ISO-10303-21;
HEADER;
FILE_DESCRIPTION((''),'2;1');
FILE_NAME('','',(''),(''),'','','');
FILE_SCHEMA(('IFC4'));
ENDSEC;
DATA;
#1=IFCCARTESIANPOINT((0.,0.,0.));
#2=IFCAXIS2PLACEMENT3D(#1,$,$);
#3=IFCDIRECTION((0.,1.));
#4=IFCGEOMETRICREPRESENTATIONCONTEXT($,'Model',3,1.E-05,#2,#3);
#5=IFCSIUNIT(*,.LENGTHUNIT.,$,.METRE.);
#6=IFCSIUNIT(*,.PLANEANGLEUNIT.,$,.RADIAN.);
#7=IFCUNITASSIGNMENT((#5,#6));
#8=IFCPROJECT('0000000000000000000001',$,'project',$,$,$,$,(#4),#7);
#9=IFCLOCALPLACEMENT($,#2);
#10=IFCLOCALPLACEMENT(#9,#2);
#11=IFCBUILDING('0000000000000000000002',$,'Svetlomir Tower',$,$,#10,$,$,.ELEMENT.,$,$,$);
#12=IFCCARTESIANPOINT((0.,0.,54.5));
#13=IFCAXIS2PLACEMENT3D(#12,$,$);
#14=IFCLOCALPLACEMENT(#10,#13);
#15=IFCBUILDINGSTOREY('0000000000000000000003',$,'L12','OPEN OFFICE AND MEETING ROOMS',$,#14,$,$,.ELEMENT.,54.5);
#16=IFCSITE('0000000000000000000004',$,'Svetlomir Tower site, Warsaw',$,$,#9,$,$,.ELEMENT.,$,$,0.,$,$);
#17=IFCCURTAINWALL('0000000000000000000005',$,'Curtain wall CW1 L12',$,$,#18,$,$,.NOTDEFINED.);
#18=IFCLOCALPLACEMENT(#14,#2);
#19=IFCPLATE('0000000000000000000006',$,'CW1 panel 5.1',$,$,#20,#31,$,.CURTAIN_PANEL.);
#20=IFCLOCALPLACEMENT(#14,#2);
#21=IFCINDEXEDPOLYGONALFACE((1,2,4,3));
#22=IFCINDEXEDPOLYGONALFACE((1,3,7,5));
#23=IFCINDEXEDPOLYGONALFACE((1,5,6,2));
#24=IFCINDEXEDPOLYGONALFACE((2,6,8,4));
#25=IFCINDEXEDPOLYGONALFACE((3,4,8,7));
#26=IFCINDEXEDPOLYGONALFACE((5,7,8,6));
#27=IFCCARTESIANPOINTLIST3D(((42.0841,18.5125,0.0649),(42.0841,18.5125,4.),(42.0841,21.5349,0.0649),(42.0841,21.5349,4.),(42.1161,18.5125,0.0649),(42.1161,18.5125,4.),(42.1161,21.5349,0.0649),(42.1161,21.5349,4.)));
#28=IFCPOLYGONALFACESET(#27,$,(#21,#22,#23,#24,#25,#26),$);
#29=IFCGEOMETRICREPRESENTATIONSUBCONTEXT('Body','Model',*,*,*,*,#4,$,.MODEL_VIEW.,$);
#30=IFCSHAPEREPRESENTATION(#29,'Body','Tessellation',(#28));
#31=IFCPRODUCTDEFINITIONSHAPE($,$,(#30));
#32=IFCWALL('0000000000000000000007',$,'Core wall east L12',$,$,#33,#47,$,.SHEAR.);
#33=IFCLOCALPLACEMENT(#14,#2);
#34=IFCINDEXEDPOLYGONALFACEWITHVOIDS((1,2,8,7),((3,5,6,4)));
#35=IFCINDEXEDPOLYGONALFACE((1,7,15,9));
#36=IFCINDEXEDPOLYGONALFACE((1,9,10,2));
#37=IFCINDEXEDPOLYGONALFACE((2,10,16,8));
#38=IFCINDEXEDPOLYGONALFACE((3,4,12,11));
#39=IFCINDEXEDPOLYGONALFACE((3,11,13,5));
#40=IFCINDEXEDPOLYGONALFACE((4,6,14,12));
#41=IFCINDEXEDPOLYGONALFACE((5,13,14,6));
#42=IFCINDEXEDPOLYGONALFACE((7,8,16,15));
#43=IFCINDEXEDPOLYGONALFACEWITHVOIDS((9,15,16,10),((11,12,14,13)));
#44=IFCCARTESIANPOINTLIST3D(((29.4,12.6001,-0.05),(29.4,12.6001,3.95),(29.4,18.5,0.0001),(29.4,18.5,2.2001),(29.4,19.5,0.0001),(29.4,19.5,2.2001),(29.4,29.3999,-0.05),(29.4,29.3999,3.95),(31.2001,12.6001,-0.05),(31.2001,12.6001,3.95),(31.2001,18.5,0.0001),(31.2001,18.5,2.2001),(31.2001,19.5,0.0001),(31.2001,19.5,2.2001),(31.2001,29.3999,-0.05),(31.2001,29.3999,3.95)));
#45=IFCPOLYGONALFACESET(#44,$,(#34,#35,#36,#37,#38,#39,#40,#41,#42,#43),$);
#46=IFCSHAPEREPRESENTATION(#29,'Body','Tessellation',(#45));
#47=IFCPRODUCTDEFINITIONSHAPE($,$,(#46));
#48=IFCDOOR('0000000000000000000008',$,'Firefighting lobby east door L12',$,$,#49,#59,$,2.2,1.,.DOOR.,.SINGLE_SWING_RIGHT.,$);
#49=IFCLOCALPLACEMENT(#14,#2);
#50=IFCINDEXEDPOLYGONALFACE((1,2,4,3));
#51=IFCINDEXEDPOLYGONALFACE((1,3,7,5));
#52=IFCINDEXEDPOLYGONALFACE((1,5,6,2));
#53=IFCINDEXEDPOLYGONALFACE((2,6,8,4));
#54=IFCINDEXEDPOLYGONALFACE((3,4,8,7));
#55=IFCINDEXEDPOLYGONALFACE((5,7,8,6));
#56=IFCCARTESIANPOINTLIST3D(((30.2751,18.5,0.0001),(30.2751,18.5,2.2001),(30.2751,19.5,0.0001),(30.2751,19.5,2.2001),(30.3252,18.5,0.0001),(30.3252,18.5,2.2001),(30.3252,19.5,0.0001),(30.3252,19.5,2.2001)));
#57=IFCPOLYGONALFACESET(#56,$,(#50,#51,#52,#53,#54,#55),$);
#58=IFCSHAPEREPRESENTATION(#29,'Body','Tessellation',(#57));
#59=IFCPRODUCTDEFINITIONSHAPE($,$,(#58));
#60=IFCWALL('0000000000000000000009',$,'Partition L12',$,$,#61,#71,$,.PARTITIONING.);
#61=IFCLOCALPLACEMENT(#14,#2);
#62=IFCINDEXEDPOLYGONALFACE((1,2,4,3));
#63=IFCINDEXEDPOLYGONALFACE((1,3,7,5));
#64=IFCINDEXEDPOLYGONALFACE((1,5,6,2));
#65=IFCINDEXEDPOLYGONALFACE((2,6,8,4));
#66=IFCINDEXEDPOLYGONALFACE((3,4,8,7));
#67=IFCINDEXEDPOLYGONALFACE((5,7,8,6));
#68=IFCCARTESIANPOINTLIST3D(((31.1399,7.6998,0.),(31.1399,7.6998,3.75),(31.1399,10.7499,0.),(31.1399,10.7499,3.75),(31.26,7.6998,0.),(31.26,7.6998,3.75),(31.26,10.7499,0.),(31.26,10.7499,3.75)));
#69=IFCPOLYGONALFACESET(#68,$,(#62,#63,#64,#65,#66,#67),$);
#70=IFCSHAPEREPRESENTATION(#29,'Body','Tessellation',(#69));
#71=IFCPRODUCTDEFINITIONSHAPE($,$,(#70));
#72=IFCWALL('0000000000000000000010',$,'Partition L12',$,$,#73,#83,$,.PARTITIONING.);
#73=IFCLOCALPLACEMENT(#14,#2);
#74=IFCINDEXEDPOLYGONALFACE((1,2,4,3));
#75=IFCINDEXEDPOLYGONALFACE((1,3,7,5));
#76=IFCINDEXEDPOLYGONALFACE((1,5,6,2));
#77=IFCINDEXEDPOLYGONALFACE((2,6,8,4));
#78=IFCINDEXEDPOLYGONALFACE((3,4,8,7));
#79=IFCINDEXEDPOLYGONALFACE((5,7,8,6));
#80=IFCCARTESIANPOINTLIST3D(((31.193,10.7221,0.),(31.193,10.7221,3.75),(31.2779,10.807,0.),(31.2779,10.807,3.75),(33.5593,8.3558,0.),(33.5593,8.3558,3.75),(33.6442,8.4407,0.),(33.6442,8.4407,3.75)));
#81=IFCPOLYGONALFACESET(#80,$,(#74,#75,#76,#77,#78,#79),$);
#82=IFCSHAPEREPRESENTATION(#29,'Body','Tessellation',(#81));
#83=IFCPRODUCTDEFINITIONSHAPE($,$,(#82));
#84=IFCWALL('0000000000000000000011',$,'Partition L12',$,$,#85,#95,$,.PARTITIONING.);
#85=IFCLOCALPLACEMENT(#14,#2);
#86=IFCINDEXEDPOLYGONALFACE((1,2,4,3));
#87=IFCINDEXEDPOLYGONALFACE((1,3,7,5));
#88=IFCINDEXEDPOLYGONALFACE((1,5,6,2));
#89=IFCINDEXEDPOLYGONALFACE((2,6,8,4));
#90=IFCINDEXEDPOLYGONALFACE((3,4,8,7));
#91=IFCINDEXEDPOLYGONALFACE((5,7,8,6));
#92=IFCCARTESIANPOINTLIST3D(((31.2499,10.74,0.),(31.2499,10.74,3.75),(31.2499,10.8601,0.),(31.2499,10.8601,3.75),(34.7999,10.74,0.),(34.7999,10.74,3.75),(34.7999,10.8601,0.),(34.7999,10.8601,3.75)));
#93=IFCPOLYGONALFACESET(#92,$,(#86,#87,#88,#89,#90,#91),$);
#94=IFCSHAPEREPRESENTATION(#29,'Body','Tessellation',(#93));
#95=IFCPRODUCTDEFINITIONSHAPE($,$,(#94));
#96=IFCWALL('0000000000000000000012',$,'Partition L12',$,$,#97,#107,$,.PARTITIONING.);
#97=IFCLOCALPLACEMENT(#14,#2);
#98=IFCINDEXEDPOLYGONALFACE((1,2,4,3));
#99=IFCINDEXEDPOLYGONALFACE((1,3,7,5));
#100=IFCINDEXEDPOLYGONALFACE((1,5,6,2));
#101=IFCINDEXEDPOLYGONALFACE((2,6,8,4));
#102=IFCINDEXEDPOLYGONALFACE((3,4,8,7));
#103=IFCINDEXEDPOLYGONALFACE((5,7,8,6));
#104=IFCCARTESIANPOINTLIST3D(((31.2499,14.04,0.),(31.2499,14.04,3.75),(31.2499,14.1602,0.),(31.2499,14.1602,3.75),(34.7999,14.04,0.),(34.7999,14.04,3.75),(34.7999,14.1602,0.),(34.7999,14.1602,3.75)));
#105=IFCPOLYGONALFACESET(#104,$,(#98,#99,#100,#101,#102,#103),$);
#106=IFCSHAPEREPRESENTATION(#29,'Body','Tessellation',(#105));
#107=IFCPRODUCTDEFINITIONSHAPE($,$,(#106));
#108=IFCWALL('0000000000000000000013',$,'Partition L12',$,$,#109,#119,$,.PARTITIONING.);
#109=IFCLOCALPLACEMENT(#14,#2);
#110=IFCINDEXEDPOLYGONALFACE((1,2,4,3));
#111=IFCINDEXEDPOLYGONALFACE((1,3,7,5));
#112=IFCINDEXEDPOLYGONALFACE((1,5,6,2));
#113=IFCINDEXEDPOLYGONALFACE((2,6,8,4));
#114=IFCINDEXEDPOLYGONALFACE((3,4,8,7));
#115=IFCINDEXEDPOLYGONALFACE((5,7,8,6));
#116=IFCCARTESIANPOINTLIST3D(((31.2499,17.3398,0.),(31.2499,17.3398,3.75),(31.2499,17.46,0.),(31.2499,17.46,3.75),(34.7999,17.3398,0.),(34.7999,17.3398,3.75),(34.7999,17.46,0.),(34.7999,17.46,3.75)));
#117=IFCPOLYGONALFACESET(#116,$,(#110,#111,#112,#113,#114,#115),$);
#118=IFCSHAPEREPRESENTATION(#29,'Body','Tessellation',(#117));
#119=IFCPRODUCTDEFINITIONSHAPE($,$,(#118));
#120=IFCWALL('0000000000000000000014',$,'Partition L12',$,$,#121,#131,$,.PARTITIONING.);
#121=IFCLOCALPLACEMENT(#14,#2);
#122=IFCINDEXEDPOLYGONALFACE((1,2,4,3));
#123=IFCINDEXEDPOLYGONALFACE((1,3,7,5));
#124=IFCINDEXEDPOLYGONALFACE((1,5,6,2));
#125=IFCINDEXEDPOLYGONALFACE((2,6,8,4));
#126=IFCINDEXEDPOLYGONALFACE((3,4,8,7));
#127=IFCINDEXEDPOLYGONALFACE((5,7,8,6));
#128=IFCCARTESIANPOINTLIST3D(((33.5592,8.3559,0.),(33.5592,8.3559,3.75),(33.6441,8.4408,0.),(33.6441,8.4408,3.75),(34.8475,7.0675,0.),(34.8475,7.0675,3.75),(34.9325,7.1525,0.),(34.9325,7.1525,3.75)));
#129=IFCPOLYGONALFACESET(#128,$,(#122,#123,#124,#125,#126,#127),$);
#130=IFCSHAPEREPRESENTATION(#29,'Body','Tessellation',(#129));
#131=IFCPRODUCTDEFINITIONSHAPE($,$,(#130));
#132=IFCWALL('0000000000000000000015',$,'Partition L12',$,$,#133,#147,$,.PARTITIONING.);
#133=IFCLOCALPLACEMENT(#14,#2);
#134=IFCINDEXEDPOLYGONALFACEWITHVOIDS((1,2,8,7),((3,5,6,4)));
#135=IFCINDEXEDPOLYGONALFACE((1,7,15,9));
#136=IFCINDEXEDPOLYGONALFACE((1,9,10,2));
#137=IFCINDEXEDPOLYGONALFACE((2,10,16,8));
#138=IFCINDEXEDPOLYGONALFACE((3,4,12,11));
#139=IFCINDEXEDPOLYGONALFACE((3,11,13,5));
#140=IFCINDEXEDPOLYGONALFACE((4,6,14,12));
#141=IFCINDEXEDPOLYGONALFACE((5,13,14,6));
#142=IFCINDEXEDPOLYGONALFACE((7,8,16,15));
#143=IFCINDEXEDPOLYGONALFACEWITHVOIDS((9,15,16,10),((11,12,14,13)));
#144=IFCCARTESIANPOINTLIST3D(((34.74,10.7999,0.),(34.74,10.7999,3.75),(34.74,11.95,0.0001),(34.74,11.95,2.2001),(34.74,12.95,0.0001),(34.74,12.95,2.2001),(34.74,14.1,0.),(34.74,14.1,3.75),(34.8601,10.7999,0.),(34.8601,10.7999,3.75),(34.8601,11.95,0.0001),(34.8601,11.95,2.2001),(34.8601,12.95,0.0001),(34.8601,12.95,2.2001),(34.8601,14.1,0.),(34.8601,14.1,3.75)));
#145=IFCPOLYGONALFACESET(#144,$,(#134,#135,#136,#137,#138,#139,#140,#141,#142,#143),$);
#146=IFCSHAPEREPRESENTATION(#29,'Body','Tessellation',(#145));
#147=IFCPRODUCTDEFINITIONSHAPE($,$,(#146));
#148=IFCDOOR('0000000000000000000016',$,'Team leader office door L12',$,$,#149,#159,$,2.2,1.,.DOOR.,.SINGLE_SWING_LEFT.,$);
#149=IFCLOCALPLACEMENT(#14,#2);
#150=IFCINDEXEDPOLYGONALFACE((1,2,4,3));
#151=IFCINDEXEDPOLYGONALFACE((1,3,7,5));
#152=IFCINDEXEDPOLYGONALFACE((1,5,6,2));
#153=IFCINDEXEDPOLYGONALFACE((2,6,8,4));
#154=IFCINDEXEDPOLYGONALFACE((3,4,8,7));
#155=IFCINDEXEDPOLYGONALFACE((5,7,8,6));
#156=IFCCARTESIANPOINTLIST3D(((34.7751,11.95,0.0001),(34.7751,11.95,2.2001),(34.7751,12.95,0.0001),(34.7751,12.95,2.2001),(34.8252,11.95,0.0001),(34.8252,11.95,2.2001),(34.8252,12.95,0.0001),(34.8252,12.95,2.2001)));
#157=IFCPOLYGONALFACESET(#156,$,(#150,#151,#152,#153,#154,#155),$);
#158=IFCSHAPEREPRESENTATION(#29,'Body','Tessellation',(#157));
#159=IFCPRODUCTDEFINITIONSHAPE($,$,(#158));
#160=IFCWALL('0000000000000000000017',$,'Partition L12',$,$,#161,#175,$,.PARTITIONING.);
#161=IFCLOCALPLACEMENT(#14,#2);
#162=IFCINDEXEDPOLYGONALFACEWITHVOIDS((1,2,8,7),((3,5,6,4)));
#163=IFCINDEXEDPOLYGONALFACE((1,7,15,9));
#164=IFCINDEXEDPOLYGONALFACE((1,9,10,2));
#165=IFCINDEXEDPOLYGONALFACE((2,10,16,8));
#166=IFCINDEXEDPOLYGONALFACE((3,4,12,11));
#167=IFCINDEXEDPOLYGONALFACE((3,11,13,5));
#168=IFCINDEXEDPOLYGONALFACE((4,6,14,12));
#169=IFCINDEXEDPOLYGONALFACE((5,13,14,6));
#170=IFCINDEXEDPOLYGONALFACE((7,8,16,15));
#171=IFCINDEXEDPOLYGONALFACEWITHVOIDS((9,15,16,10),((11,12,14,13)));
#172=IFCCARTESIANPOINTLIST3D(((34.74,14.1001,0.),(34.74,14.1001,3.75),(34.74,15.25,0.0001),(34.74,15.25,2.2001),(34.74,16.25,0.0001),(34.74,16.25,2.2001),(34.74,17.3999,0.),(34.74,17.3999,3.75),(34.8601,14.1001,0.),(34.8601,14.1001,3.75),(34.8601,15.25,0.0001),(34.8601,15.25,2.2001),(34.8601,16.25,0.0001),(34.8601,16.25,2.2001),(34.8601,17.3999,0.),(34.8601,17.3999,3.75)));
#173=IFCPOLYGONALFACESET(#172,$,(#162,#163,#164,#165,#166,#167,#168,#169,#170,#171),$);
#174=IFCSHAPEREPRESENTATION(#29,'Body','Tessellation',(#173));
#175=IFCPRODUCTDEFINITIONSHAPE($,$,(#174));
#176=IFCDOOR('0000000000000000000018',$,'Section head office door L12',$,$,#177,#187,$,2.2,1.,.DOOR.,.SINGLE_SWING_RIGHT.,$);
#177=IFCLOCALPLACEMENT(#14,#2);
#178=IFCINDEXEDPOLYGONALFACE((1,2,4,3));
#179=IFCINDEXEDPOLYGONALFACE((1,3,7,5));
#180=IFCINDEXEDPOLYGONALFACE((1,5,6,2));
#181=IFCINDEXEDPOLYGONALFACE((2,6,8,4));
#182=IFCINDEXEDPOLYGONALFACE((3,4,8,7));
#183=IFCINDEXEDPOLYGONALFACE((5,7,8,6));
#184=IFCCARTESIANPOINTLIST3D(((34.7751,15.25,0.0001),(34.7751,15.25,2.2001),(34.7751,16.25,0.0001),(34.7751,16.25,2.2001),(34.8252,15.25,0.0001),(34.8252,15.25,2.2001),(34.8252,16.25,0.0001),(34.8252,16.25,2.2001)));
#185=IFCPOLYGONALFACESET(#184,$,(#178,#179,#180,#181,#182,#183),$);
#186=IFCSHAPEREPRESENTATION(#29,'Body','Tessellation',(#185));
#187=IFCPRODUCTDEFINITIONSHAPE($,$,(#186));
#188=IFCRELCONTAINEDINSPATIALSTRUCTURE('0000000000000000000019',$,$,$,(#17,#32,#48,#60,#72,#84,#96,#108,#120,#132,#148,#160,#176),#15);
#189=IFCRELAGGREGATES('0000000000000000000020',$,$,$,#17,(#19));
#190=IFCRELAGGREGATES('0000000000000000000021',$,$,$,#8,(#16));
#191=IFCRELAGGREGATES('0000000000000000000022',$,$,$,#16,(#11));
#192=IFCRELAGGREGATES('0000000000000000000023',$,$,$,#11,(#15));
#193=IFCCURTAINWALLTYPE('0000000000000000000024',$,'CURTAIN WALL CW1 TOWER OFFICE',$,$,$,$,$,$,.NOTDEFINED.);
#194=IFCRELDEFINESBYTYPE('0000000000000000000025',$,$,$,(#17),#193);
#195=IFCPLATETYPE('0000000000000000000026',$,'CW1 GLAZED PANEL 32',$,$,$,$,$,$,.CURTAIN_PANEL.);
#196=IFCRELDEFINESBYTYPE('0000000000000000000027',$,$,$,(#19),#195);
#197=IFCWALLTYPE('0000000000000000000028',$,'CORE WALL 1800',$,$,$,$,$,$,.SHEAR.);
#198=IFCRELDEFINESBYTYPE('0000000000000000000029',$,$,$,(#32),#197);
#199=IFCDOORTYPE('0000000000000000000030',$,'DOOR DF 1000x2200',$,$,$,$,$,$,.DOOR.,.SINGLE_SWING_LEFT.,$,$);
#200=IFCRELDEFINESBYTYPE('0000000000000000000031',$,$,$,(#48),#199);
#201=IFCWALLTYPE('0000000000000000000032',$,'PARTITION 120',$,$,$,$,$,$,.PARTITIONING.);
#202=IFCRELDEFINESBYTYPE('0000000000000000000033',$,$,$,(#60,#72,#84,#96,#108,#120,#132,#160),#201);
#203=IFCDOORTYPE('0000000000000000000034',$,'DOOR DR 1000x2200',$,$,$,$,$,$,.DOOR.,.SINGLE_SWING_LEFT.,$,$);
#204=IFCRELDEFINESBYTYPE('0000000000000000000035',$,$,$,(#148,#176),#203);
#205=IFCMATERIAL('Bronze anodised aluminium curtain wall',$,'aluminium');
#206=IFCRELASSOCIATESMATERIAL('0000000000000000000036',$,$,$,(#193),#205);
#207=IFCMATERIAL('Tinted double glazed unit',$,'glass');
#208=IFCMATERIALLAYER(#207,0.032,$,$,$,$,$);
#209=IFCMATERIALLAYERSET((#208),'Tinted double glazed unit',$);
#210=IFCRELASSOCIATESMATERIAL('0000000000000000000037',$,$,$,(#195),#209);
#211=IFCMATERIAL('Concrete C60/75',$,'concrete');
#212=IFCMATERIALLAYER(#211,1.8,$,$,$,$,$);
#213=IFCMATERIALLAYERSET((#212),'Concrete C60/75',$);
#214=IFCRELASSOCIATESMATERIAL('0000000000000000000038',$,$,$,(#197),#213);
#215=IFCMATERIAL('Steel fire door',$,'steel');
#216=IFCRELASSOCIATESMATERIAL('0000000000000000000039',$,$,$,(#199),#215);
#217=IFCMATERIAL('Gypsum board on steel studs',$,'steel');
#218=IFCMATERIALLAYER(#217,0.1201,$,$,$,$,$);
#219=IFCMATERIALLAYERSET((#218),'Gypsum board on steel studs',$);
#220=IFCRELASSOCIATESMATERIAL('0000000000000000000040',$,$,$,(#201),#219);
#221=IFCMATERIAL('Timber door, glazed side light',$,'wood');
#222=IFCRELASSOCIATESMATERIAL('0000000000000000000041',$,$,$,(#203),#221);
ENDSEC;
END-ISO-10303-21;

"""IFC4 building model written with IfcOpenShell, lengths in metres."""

from ifc_helpers import new_model, si_unit, direction, frame, frame_2d, origin, origin_2d, place, context, subcontext, project, spatial, rectangle, extrude, material, layer, layer_set, type_object, element, fill, aggregate, save


model = new_model("IFC4")

# Units and contexts
model_context = context("Model", 3, precision=1e-05, world=origin(), true_north=direction((0.0, 1.0)))
body_context = subcontext(model_context, "Body", "Model", "MODEL_VIEW")
ifc_project = project(units=[si_unit("LENGTHUNIT", "METRE"), si_unit("PLANEANGLEUNIT", "RADIAN")], contexts=[model_context])

# Site, building, storey
site_placement = place(None, origin())
site = spatial("IfcSite", under=ifc_project, at=site_placement, Name="Svetlomir Tower site, Warsaw", CompositionType="ELEMENT", RefElevation=0.0)
building_placement = place(site_placement, origin())
building = spatial("IfcBuilding", under=site, at=building_placement, Name="Svetlomir Tower", CompositionType="ELEMENT")
storey_placement = place(building_placement, frame((0.0, 0.0, 54.5)))
storey = spatial("IfcBuildingStorey", under=building, at=storey_placement, Name="L12", Description="OPEN OFFICE AND MEETING ROOMS", CompositionType="ELEMENT", Elevation=54.5)

# Curtain wall
ifc_material_1 = material(Name="Bronze anodised aluminium curtain wall", Category="aluminium")
curtain_wall_type = type_object("IfcCurtainWallType", Name="CURTAIN WALL CW1 TOWER OFFICE", PredefinedType="NOTDEFINED", material=ifc_material_1)
curtain_wall_placement = place(storey_placement, origin())
curtain_wall = element("IfcCurtainWall", 1, at=curtain_wall_placement, inside=storey, type_object=curtain_wall_type, Name="Curtain wall CW1 L12", PredefinedType="NOTDEFINED")

# Plate
ifc_material_2 = material(Name="Tinted double glazed unit", Category="glass")
ifc_layer_1 = layer(ifc_material_2, 0.032)
ifc_layer_set_1 = layer_set([ifc_layer_1], Name="Tinted double glazed unit")
plate_type = type_object("IfcPlateType", Name="CW1 GLAZED PANEL 32", PredefinedType="CURTAIN_PANEL", material=ifc_layer_set_1)
plate_1_placement = place(storey_placement, frame((42.1001, 20.0237, 0.0649), z_axis=(0.0, 0.0, 1.0), x_axis=(0.0, 1.0, 0.0)))
plate_1 = element("IfcPlate", 2, at=plate_1_placement, type_object=plate_type, Name="CW1 panel 5.1", PredefinedType="CURTAIN_PANEL", context=body_context, shape_type="SweptSolid", body=[
    extrude(rectangle(XDim=3.0225, YDim=0.032, at=origin_2d()), origin(), (0.0, 0.0, 1.0), 3.9351),
])
aggregate(curtain_wall, [plate_1])

# Wall, opening, door
ifc_material_3 = material(Name="Concrete C60/75", Category="concrete")
ifc_layer_2 = layer(ifc_material_3, 1.8)
ifc_layer_set_2 = layer_set([ifc_layer_2], Name="Concrete C60/75")
wall_type_1 = type_object("IfcWallType", Name="CORE WALL 1800", PredefinedType="SHEAR", material=ifc_layer_set_2)
wall_1_placement = place(storey_placement, frame((30.3, 12.6001, -0.05), z_axis=(0.0, 0.0, 1.0), x_axis=(0.0, 1.0, 0.0)))
wall_1 = element("IfcWall", 3, at=wall_1_placement, inside=storey, type_object=wall_type_1, Name="Core wall east L12", PredefinedType="SHEAR", context=body_context, shape_type="SweptSolid", body=[
    extrude(rectangle(XDim=16.7998, YDim=1.8, at=frame_2d((8.3999, 0.0))), origin(), (0.0, 0.0, 1.0), 4.0),
])
opening_1_placement = place(wall_1_placement, frame((5.8999, 0.0, 0.05)))
opening_1 = element("IfcOpeningElement", 4, at=opening_1_placement, cuts=wall_1, PredefinedType="OPENING", context=body_context, shape_type="SweptSolid", body=[
    extrude(rectangle(XDim=1.0, YDim=2.2, at=frame_2d((0.5, 1.1001))), frame((0.0, 0.9102, 0.0), z_axis=(0.0, -1.0, 0.0), x_axis=(1.0, 0.0, 0.0)), (0.0, 0.0, 1.0), 1.8201),
])
ifc_material_4 = material(Name="Steel fire door", Category="steel")
door_type_1 = type_object("IfcDoorType", Name="DOOR DF 1000x2200", OperationType="SINGLE_SWING_LEFT", PredefinedType="DOOR", material=ifc_material_4)
door_1_placement = place(opening_1_placement, origin())
door_1 = element("IfcDoor", 5, at=door_1_placement, inside=storey, type_object=door_type_1, Name="Firefighting lobby east door L12", OperationType="SINGLE_SWING_RIGHT", OverallHeight=2.2, OverallWidth=1.0, PredefinedType="DOOR", context=body_context, shape_type="SweptSolid", body=[
    extrude(rectangle(XDim=1.0, YDim=2.2, at=frame_2d((0.5, 1.1001))), frame((0.0, 0.0249, 0.0), z_axis=(0.0, -1.0, 0.0), x_axis=(1.0, 0.0, 0.0)), (0.0, 0.0, 1.0), 0.05),
])
fill(opening_1, door_1)

# Walls
ifc_material_5 = material(Name="Gypsum board on steel studs", Category="steel")
ifc_layer_3 = layer(ifc_material_5, 0.1201)
ifc_layer_set_3 = layer_set([ifc_layer_3], Name="Gypsum board on steel studs")
wall_type_2 = type_object("IfcWallType", Name="PARTITION 120", PredefinedType="PARTITIONING", material=ifc_layer_set_3)
wall_2_placement = place(storey_placement, frame((31.2, 7.7, 0.0), z_axis=(0.0, 0.0, 1.0), x_axis=(0.0, 1.0, 0.0)))
element("IfcWall", 6, at=wall_2_placement, inside=storey, type_object=wall_type_2, Name="Partition L12", PredefinedType="PARTITIONING", context=body_context, shape_type="SweptSolid", body=[
    extrude(rectangle(XDim=3.05, YDim=0.1201, at=frame_2d((1.5249, 0.0))), origin(), (0.0, 0.0, 1.0), 3.75),
])
wall_3_placement = place(storey_placement, frame((31.2354, 10.7646, 0.0), z_axis=(0.0, 0.0, 1.0), x_axis=(0.707107, -0.707107, 0.0)))
element("IfcWall", 7, at=wall_3_placement, inside=storey, type_object=wall_type_2, Name="Partition L12", PredefinedType="PARTITIONING", context=body_context, shape_type="SweptSolid", body=[
    extrude(rectangle(XDim=3.3464, YDim=0.1201, at=frame_2d((1.6733, 0.0))), origin(), (0.0, 0.0, 1.0), 3.75),
])
for number, where, z_axis, x_axis, name in (
    (8, (31.25, 10.8, 0.0), (0.0, 0.0, 1.0), (1.0, 0.0, 0.0), "Partition L12"),
    (9, (31.25, 14.1001, 0.0), (0.0, 0.0, 1.0), (1.0, 0.0, 0.0), "Partition L12"),
    (10, (31.25, 17.3999, 0.0), (0.0, 0.0, 1.0), (1.0, 0.0, 0.0), "Partition L12"),
):
    element("IfcWall", number, at=place(storey_placement, frame(where, z_axis=z_axis, x_axis=x_axis)), inside=storey, type_object=wall_type_2, Name=name, PredefinedType="PARTITIONING", context=body_context, shape_type="SweptSolid", body=[
        extrude(rectangle(XDim=3.55, YDim=0.1201, at=frame_2d((1.7749, 0.0))), origin(), (0.0, 0.0, 1.0), 3.75),
    ])
wall_4_placement = place(storey_placement, frame((33.6016, 8.3984, 0.0), z_axis=(0.0, 0.0, 1.0), x_axis=(0.707107, -0.707107, 0.0)))
element("IfcWall", 11, at=wall_4_placement, inside=storey, type_object=wall_type_2, Name="Partition L12", PredefinedType="PARTITIONING", context=body_context, shape_type="SweptSolid", body=[
    extrude(rectangle(XDim=1.822, YDim=0.1201, at=frame_2d((0.9111, 0.0))), origin(), (0.0, 0.0, 1.0), 3.75),
])

# Walls, openings, doors
wall_5_placement = place(storey_placement, frame((34.8, 10.8, 0.0), z_axis=(0.0, 0.0, 1.0), x_axis=(0.0, 1.0, 0.0)))
wall_5 = element("IfcWall", 12, at=wall_5_placement, inside=storey, type_object=wall_type_2, Name="Partition L12", PredefinedType="PARTITIONING", context=body_context, shape_type="SweptSolid", body=[
    extrude(rectangle(XDim=3.3, YDim=0.1201, at=frame_2d((1.6499, 0.0))), origin(), (0.0, 0.0, 1.0), 3.75),
])
opening_2_placement = place(wall_5_placement, frame((1.1499, 0.0, 0.0)))
opening_2 = element("IfcOpeningElement", 13, at=opening_2_placement, cuts=wall_5, PredefinedType="OPENING", context=body_context, shape_type="SweptSolid", body=[
    extrude(rectangle(XDim=1.0, YDim=2.2, at=frame_2d((0.5, 1.1001))), frame((0.0, 0.0701, 0.0), z_axis=(0.0, -1.0, 0.0), x_axis=(1.0, 0.0, 0.0)), (0.0, 0.0, 1.0), 0.1401),
])
ifc_material_6 = material(Name="Timber door, glazed side light", Category="wood")
door_type_2 = type_object("IfcDoorType", Name="DOOR DR 1000x2200", OperationType="SINGLE_SWING_LEFT", PredefinedType="DOOR", material=ifc_material_6)
door_2_placement = place(opening_2_placement, origin())
door_2 = element("IfcDoor", 14, at=door_2_placement, inside=storey, type_object=door_type_2, Name="Team leader office door L12", OperationType="SINGLE_SWING_LEFT", OverallHeight=2.2, OverallWidth=1.0, PredefinedType="DOOR", context=body_context, shape_type="SweptSolid", body=[
    extrude(rectangle(XDim=1.0, YDim=2.2, at=frame_2d((0.5, 1.1001))), frame((0.0, 0.0249, 0.0), z_axis=(0.0, -1.0, 0.0), x_axis=(1.0, 0.0, 0.0)), (0.0, 0.0, 1.0), 0.05),
])
fill(opening_2, door_2)
wall_6_placement = place(storey_placement, frame((34.8, 14.1001, 0.0), z_axis=(0.0, 0.0, 1.0), x_axis=(0.0, 1.0, 0.0)))
wall_6 = element("IfcWall", 15, at=wall_6_placement, inside=storey, type_object=wall_type_2, Name="Partition L12", PredefinedType="PARTITIONING", context=body_context, shape_type="SweptSolid", body=[
    extrude(rectangle(XDim=3.2998, YDim=0.1201, at=frame_2d((1.6499, 0.0))), origin(), (0.0, 0.0, 1.0), 3.75),
])
opening_3_placement = place(wall_6_placement, frame((1.1499, 0.0, 0.0)))
opening_3 = element("IfcOpeningElement", 16, at=opening_3_placement, cuts=wall_6, PredefinedType="OPENING", context=body_context, shape_type="SweptSolid", body=[
    extrude(rectangle(XDim=1.0, YDim=2.2, at=frame_2d((0.5, 1.1001))), frame((0.0, 0.0701, 0.0), z_axis=(0.0, -1.0, 0.0), x_axis=(1.0, 0.0, 0.0)), (0.0, 0.0, 1.0), 0.1401),
])
door_3_placement = place(opening_3_placement, origin())
door_3 = element("IfcDoor", 17, at=door_3_placement, inside=storey, type_object=door_type_2, Name="Section head office door L12", OperationType="SINGLE_SWING_RIGHT", OverallHeight=2.2, OverallWidth=1.0, PredefinedType="DOOR", context=body_context, shape_type="SweptSolid", body=[
    extrude(rectangle(XDim=1.0, YDim=2.2, at=frame_2d((0.5, 1.1001))), frame((0.0, 0.0249, 0.0), z_axis=(0.0, -1.0, 0.0), x_axis=(1.0, 0.0, 0.0)), (0.0, 0.0, 1.0), 0.05),
])
fill(opening_3, door_3)

save(model, "model.ifc")
